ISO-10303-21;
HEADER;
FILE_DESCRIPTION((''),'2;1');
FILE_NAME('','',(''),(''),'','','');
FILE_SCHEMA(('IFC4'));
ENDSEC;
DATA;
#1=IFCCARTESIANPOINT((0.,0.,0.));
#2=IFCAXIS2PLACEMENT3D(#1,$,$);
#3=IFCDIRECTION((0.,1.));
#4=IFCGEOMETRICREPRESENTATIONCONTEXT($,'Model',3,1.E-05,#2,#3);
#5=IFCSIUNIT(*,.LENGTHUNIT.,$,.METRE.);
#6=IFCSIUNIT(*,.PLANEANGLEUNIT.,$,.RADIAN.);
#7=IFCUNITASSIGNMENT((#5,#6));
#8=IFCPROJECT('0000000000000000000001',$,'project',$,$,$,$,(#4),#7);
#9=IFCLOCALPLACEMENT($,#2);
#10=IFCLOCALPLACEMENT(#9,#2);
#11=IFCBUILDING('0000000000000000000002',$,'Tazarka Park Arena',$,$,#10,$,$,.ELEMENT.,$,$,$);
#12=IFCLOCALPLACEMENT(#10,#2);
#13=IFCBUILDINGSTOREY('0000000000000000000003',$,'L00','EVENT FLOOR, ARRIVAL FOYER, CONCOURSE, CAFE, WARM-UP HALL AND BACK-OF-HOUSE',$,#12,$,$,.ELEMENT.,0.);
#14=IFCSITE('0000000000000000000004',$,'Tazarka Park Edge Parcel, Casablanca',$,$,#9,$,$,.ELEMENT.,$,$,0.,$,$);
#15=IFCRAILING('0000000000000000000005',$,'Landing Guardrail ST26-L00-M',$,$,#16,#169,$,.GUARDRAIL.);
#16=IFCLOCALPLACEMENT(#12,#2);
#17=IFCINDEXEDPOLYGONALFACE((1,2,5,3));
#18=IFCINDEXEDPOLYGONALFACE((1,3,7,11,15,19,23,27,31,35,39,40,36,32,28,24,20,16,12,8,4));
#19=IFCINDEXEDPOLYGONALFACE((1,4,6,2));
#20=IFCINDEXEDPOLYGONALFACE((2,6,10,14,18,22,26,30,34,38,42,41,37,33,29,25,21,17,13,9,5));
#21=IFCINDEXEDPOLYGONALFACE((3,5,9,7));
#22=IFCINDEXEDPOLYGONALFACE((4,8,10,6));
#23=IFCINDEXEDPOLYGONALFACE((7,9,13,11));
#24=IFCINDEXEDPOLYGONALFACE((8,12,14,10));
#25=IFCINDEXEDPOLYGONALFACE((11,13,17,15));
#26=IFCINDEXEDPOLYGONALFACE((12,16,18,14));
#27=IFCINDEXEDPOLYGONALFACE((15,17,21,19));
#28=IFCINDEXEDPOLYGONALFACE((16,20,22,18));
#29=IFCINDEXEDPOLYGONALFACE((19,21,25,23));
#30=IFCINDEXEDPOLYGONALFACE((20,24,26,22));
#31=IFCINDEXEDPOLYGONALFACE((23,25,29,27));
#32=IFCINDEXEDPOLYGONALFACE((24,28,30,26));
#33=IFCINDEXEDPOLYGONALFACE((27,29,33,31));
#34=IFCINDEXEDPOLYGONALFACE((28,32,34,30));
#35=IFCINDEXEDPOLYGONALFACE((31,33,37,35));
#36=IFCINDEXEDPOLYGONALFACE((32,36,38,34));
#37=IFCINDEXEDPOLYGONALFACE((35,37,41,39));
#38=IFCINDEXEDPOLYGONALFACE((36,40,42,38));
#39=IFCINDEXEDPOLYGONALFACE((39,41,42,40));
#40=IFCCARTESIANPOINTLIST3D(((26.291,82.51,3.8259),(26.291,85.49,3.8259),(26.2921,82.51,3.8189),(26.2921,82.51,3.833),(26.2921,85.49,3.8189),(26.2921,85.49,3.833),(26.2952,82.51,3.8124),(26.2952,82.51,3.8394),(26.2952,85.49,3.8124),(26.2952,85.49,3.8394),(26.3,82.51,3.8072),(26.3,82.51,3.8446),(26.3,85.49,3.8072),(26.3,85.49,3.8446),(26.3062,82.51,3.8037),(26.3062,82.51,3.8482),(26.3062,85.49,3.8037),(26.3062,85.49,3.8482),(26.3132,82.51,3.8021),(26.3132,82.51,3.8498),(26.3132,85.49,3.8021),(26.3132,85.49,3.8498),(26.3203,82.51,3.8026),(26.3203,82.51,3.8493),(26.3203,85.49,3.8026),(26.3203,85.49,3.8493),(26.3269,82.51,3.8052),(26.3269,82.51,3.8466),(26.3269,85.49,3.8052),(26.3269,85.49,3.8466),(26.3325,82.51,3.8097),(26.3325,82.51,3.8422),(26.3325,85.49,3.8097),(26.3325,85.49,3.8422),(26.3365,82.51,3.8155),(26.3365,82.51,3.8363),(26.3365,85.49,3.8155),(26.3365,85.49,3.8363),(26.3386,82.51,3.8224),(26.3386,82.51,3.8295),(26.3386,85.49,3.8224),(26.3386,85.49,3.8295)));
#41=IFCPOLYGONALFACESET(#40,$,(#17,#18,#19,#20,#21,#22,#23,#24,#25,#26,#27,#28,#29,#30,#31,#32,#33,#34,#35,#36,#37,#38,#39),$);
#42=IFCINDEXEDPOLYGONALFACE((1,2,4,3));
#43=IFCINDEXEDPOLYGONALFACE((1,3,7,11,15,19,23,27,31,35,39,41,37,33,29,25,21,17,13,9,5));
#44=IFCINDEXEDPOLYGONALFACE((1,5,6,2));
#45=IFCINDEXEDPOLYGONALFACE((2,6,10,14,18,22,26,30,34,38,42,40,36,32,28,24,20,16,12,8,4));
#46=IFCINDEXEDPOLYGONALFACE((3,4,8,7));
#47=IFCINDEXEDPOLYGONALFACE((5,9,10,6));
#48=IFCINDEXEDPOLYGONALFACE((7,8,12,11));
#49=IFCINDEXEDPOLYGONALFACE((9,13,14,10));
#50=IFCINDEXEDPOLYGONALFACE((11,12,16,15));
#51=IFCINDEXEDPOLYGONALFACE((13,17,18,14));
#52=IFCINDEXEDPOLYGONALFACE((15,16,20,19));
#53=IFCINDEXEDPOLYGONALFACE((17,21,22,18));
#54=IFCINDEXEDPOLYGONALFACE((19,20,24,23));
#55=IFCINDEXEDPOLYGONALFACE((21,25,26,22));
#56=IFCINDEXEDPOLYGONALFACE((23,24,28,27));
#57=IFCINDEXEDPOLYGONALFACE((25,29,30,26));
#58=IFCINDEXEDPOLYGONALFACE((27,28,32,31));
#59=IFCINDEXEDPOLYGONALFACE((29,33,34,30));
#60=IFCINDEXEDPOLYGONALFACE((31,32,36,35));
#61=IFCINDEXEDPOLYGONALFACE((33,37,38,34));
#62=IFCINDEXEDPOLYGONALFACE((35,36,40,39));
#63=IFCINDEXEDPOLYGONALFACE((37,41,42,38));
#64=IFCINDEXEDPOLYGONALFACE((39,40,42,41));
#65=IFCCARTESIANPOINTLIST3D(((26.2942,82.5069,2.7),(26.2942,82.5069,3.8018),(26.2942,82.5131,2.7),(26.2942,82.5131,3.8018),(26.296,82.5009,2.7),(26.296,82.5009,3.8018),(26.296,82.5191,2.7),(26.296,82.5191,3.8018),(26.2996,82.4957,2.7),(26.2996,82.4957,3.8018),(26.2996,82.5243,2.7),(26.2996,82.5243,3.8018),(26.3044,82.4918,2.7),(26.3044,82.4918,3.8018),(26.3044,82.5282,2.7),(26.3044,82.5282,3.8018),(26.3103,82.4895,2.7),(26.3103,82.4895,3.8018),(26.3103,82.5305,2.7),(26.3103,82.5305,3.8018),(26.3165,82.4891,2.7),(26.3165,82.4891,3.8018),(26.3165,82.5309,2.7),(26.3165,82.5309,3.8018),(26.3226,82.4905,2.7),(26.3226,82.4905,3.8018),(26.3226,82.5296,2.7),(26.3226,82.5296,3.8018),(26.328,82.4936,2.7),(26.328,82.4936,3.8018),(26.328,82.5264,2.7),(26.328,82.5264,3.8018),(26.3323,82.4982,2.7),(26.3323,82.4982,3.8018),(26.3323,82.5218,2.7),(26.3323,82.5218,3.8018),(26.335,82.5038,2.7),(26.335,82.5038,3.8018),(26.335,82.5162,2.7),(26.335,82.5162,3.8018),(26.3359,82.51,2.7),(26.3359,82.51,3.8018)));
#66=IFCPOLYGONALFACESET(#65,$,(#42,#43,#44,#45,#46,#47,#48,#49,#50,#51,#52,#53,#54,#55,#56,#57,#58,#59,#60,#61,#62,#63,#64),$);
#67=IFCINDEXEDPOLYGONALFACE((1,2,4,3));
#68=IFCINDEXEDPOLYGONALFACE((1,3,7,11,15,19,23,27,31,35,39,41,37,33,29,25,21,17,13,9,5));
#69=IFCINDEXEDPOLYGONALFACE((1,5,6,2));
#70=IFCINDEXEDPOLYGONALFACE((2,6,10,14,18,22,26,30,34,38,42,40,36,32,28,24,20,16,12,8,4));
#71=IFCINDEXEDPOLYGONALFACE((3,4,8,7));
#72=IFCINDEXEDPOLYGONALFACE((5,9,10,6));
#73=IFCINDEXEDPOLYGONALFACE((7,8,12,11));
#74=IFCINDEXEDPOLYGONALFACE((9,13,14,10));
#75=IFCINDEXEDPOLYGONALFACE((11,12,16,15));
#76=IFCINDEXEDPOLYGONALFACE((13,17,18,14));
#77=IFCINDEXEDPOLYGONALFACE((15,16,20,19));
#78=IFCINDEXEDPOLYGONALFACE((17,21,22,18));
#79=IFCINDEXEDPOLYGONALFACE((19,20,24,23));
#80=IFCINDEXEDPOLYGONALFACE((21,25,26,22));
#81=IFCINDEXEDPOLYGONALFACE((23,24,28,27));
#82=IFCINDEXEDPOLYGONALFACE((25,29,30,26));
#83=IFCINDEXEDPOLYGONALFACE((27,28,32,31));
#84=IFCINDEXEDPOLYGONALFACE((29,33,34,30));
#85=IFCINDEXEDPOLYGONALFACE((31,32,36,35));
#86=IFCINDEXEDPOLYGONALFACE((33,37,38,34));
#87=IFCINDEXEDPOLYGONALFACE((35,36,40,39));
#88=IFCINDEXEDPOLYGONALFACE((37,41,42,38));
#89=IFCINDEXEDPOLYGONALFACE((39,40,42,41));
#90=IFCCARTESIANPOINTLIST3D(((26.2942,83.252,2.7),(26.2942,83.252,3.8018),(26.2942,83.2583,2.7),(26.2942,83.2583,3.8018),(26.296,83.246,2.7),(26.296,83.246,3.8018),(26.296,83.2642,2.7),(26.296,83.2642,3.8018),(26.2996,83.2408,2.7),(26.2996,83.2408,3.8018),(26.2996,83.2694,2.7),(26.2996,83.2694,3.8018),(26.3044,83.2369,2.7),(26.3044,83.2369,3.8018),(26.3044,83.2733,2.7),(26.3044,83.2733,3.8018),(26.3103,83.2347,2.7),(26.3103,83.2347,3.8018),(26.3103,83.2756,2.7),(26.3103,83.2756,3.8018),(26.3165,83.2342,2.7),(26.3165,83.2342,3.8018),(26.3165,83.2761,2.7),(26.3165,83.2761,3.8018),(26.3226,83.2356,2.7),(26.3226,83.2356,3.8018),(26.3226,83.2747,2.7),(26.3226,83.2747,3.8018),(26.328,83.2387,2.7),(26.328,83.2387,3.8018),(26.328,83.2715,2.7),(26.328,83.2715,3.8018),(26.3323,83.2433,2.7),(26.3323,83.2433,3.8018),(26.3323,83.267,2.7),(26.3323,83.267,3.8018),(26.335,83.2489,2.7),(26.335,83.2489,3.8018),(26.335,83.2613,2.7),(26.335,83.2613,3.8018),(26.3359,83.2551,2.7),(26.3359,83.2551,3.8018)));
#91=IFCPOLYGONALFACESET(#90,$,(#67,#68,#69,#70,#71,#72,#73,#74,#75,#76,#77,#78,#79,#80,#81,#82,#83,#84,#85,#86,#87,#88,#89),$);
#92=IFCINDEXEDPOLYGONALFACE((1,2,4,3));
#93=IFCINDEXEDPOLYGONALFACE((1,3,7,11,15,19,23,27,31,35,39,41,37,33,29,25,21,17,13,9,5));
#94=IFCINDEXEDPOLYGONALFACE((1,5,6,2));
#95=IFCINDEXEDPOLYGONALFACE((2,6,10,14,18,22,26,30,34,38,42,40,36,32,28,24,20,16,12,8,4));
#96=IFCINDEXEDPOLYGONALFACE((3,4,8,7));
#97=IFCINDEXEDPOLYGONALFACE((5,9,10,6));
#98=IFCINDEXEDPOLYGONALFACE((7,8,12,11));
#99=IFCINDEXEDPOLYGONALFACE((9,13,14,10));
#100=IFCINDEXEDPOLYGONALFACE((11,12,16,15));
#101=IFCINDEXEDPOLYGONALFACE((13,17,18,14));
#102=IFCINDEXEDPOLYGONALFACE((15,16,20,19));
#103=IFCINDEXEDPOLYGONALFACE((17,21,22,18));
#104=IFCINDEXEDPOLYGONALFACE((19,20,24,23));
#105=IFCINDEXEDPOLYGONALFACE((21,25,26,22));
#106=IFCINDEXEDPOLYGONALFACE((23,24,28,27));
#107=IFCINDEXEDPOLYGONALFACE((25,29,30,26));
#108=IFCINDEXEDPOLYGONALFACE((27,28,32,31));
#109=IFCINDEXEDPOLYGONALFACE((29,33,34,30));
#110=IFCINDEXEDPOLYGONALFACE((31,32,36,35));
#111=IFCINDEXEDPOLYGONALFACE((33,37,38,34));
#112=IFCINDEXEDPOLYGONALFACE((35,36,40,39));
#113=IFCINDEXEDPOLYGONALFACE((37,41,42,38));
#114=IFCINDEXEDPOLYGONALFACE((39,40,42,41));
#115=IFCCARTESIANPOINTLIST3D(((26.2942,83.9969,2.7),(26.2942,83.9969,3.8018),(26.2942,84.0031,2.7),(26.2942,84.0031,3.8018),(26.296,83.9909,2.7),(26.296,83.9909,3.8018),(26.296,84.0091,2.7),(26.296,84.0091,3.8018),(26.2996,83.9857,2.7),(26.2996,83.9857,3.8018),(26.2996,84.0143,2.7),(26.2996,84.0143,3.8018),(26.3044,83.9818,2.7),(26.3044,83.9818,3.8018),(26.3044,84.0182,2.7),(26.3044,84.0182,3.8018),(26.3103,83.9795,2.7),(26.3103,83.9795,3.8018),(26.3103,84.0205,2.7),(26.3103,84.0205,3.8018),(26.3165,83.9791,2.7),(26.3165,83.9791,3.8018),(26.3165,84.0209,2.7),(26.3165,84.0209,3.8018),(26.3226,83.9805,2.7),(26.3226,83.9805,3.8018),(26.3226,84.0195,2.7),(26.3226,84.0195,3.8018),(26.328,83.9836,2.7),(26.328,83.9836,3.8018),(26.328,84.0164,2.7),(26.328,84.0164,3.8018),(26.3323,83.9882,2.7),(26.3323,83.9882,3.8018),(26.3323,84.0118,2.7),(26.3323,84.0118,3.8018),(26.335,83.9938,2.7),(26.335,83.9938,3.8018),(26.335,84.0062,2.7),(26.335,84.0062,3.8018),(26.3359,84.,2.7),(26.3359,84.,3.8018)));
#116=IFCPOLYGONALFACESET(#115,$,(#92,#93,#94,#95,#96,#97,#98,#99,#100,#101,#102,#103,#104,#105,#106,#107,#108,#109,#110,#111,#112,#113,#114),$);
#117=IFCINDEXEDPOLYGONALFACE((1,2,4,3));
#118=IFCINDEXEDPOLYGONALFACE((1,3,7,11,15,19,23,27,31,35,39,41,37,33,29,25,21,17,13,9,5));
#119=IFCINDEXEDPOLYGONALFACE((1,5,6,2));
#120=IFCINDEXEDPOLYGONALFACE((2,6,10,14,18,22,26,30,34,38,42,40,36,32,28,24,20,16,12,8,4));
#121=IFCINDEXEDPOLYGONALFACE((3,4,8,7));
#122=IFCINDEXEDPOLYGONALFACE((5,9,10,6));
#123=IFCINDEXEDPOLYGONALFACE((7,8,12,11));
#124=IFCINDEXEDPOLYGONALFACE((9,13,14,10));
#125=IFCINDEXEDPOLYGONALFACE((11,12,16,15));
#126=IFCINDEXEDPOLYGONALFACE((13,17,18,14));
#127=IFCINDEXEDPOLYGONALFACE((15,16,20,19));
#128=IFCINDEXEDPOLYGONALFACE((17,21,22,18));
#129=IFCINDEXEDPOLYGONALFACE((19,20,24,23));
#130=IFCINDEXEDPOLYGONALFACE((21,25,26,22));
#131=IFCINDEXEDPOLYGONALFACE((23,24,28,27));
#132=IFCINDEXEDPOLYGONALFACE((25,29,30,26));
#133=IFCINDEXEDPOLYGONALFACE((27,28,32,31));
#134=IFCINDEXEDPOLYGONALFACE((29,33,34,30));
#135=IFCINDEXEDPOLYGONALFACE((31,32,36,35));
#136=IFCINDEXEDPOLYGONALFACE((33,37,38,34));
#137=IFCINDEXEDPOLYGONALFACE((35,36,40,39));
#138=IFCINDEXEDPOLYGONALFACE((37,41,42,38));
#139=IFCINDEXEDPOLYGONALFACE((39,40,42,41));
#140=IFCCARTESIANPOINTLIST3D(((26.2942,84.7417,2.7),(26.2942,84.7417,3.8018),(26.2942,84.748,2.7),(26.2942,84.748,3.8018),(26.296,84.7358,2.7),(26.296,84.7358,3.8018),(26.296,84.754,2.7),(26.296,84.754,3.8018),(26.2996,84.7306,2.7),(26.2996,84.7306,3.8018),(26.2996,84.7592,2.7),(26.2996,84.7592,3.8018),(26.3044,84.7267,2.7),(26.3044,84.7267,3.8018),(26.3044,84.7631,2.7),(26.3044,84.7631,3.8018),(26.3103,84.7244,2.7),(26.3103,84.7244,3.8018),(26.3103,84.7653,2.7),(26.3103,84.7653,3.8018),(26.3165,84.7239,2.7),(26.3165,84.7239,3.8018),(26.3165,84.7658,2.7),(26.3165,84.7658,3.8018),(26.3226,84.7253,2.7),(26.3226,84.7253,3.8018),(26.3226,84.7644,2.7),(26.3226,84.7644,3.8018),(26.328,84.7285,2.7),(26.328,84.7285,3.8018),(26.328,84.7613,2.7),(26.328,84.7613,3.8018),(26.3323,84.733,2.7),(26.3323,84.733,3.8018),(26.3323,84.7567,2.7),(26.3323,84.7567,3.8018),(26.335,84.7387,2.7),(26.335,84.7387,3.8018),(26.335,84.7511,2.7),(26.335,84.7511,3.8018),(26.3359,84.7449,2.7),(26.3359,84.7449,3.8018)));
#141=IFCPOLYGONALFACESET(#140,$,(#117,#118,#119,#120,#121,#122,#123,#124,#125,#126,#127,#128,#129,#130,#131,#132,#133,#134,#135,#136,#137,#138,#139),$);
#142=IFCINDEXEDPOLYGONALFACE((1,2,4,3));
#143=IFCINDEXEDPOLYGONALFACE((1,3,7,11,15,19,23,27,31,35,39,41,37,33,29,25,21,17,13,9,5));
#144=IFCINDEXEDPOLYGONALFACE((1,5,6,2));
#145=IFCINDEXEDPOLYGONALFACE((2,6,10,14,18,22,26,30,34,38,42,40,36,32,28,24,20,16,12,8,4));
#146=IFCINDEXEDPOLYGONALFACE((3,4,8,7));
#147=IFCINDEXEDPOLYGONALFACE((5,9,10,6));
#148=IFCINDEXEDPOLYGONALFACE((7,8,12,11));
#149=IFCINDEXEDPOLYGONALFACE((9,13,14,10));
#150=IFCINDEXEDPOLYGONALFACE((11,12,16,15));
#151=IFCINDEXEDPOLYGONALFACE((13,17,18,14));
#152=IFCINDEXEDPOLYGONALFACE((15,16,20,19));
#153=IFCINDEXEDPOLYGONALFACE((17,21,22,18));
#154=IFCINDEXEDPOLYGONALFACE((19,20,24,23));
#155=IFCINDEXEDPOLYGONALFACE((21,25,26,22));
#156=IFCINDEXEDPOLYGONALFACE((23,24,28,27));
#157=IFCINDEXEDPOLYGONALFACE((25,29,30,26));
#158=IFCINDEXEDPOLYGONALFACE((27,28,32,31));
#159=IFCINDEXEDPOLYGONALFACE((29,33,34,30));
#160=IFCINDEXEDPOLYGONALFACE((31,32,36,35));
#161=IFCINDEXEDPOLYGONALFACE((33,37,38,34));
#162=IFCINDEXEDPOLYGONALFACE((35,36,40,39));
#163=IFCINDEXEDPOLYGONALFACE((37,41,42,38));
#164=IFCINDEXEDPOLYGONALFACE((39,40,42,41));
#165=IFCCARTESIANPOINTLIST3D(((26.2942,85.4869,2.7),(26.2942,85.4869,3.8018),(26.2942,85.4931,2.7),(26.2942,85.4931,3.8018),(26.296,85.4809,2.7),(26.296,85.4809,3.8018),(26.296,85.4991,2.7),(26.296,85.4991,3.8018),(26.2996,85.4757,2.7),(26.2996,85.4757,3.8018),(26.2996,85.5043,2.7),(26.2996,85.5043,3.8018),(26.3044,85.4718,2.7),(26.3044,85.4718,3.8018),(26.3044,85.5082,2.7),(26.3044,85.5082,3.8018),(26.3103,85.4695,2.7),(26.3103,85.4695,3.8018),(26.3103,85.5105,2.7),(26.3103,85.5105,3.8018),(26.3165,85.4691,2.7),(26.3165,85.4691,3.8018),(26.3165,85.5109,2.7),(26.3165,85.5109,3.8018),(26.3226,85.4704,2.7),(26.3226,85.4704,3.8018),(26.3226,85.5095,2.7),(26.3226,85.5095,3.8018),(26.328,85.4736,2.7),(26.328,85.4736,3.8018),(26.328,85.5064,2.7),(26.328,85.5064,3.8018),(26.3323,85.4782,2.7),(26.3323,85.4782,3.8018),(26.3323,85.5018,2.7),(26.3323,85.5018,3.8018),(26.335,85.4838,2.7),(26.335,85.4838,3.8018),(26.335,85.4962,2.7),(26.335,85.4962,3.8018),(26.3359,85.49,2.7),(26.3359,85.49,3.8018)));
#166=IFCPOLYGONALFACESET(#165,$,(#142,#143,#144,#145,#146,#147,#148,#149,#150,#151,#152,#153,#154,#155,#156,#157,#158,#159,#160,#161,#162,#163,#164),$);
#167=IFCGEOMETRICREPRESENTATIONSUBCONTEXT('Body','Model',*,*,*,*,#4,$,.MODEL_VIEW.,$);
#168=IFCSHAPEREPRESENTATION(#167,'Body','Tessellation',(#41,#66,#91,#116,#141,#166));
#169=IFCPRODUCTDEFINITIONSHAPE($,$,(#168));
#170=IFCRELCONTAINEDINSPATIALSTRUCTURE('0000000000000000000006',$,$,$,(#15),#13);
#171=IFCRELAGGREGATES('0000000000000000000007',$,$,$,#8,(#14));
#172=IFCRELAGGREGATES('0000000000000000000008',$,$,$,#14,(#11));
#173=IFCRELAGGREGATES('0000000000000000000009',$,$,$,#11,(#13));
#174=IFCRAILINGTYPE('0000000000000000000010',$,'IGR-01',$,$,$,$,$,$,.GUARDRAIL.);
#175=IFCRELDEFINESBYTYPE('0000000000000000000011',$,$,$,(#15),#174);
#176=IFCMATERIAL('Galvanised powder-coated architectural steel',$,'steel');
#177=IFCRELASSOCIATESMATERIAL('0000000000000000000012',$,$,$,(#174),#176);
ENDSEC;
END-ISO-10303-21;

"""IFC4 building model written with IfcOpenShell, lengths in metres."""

from ifc_helpers import new_model, si_unit, direction, frame, origin, origin_2d, place, context, subcontext, project, spatial, circle, extrude, material, type_object, element, save


model = new_model("IFC4")

# Units and contexts
model_context = context("Model", 3, precision=1e-05, world=origin(), true_north=direction((0.0, 1.0)))
body_context = subcontext(model_context, "Body", "Model", "MODEL_VIEW")
ifc_project = project(units=[si_unit("LENGTHUNIT", "METRE"), si_unit("PLANEANGLEUNIT", "RADIAN")], contexts=[model_context])

# Site, building, storey
site_placement = place(None, origin())
site = spatial("IfcSite", under=ifc_project, at=site_placement, Name="Tazarka Park Edge Parcel, Casablanca", CompositionType="ELEMENT", RefElevation=0.0)
building_placement = place(site_placement, origin())
building = spatial("IfcBuilding", under=site, at=building_placement, Name="Tazarka Park Arena", CompositionType="ELEMENT")
storey_placement = place(building_placement, origin())
storey = spatial("IfcBuildingStorey", under=building, at=storey_placement, Name="L00", Description="EVENT FLOOR, ARRIVAL FOYER, CONCOURSE, CAFE, WARM-UP HALL AND BACK-OF-HOUSE", CompositionType="ELEMENT", Elevation=0.0)

# Railing
ifc_material_1 = material(Name="Galvanised powder-coated architectural steel", Category="steel")
railing_type_1 = type_object("IfcRailingType", Name="IGR-01", PredefinedType="GUARDRAIL", material=ifc_material_1)
for number, where, name in (
    (1, (26.3149, 82.51, 2.7), "Landing Guardrail ST26-L00-M"),
):
    element("IfcRailing", number, at=place(storey_placement, frame(where)), inside=storey, type_object=railing_type_1, Name=name, PredefinedType="GUARDRAIL", context=body_context, shape_type="SweptSolid", body=[
        extrude(circle(Radius=0.0239, at=origin_2d()), frame((0.0, 0.0, 1.126), z_axis=(0.0, 1.0, 0.0), x_axis=(-1.0, 0.0, 0.0)), (0.0, 0.0, 1.0), 2.98),
        extrude(circle(Radius=0.021, at=origin_2d()), origin(), (0.0, 0.0, 1.0), 1.1018),
        extrude(circle(Radius=0.021, at=origin_2d()), frame((0.0, 0.7451, 0.0)), (0.0, 0.0, 1.0), 1.1018),
        extrude(circle(Radius=0.021, at=origin_2d()), frame((0.0, 1.49, 0.0)), (0.0, 0.0, 1.0), 1.1018),
        extrude(circle(Radius=0.021, at=origin_2d()), frame((0.0, 2.2349, 0.0)), (0.0, 0.0, 1.0), 1.1018),
        extrude(circle(Radius=0.021, at=origin_2d()), frame((0.0, 2.98, 0.0)), (0.0, 0.0, 1.0), 1.1018),
    ])

save(model, "model.ifc")
